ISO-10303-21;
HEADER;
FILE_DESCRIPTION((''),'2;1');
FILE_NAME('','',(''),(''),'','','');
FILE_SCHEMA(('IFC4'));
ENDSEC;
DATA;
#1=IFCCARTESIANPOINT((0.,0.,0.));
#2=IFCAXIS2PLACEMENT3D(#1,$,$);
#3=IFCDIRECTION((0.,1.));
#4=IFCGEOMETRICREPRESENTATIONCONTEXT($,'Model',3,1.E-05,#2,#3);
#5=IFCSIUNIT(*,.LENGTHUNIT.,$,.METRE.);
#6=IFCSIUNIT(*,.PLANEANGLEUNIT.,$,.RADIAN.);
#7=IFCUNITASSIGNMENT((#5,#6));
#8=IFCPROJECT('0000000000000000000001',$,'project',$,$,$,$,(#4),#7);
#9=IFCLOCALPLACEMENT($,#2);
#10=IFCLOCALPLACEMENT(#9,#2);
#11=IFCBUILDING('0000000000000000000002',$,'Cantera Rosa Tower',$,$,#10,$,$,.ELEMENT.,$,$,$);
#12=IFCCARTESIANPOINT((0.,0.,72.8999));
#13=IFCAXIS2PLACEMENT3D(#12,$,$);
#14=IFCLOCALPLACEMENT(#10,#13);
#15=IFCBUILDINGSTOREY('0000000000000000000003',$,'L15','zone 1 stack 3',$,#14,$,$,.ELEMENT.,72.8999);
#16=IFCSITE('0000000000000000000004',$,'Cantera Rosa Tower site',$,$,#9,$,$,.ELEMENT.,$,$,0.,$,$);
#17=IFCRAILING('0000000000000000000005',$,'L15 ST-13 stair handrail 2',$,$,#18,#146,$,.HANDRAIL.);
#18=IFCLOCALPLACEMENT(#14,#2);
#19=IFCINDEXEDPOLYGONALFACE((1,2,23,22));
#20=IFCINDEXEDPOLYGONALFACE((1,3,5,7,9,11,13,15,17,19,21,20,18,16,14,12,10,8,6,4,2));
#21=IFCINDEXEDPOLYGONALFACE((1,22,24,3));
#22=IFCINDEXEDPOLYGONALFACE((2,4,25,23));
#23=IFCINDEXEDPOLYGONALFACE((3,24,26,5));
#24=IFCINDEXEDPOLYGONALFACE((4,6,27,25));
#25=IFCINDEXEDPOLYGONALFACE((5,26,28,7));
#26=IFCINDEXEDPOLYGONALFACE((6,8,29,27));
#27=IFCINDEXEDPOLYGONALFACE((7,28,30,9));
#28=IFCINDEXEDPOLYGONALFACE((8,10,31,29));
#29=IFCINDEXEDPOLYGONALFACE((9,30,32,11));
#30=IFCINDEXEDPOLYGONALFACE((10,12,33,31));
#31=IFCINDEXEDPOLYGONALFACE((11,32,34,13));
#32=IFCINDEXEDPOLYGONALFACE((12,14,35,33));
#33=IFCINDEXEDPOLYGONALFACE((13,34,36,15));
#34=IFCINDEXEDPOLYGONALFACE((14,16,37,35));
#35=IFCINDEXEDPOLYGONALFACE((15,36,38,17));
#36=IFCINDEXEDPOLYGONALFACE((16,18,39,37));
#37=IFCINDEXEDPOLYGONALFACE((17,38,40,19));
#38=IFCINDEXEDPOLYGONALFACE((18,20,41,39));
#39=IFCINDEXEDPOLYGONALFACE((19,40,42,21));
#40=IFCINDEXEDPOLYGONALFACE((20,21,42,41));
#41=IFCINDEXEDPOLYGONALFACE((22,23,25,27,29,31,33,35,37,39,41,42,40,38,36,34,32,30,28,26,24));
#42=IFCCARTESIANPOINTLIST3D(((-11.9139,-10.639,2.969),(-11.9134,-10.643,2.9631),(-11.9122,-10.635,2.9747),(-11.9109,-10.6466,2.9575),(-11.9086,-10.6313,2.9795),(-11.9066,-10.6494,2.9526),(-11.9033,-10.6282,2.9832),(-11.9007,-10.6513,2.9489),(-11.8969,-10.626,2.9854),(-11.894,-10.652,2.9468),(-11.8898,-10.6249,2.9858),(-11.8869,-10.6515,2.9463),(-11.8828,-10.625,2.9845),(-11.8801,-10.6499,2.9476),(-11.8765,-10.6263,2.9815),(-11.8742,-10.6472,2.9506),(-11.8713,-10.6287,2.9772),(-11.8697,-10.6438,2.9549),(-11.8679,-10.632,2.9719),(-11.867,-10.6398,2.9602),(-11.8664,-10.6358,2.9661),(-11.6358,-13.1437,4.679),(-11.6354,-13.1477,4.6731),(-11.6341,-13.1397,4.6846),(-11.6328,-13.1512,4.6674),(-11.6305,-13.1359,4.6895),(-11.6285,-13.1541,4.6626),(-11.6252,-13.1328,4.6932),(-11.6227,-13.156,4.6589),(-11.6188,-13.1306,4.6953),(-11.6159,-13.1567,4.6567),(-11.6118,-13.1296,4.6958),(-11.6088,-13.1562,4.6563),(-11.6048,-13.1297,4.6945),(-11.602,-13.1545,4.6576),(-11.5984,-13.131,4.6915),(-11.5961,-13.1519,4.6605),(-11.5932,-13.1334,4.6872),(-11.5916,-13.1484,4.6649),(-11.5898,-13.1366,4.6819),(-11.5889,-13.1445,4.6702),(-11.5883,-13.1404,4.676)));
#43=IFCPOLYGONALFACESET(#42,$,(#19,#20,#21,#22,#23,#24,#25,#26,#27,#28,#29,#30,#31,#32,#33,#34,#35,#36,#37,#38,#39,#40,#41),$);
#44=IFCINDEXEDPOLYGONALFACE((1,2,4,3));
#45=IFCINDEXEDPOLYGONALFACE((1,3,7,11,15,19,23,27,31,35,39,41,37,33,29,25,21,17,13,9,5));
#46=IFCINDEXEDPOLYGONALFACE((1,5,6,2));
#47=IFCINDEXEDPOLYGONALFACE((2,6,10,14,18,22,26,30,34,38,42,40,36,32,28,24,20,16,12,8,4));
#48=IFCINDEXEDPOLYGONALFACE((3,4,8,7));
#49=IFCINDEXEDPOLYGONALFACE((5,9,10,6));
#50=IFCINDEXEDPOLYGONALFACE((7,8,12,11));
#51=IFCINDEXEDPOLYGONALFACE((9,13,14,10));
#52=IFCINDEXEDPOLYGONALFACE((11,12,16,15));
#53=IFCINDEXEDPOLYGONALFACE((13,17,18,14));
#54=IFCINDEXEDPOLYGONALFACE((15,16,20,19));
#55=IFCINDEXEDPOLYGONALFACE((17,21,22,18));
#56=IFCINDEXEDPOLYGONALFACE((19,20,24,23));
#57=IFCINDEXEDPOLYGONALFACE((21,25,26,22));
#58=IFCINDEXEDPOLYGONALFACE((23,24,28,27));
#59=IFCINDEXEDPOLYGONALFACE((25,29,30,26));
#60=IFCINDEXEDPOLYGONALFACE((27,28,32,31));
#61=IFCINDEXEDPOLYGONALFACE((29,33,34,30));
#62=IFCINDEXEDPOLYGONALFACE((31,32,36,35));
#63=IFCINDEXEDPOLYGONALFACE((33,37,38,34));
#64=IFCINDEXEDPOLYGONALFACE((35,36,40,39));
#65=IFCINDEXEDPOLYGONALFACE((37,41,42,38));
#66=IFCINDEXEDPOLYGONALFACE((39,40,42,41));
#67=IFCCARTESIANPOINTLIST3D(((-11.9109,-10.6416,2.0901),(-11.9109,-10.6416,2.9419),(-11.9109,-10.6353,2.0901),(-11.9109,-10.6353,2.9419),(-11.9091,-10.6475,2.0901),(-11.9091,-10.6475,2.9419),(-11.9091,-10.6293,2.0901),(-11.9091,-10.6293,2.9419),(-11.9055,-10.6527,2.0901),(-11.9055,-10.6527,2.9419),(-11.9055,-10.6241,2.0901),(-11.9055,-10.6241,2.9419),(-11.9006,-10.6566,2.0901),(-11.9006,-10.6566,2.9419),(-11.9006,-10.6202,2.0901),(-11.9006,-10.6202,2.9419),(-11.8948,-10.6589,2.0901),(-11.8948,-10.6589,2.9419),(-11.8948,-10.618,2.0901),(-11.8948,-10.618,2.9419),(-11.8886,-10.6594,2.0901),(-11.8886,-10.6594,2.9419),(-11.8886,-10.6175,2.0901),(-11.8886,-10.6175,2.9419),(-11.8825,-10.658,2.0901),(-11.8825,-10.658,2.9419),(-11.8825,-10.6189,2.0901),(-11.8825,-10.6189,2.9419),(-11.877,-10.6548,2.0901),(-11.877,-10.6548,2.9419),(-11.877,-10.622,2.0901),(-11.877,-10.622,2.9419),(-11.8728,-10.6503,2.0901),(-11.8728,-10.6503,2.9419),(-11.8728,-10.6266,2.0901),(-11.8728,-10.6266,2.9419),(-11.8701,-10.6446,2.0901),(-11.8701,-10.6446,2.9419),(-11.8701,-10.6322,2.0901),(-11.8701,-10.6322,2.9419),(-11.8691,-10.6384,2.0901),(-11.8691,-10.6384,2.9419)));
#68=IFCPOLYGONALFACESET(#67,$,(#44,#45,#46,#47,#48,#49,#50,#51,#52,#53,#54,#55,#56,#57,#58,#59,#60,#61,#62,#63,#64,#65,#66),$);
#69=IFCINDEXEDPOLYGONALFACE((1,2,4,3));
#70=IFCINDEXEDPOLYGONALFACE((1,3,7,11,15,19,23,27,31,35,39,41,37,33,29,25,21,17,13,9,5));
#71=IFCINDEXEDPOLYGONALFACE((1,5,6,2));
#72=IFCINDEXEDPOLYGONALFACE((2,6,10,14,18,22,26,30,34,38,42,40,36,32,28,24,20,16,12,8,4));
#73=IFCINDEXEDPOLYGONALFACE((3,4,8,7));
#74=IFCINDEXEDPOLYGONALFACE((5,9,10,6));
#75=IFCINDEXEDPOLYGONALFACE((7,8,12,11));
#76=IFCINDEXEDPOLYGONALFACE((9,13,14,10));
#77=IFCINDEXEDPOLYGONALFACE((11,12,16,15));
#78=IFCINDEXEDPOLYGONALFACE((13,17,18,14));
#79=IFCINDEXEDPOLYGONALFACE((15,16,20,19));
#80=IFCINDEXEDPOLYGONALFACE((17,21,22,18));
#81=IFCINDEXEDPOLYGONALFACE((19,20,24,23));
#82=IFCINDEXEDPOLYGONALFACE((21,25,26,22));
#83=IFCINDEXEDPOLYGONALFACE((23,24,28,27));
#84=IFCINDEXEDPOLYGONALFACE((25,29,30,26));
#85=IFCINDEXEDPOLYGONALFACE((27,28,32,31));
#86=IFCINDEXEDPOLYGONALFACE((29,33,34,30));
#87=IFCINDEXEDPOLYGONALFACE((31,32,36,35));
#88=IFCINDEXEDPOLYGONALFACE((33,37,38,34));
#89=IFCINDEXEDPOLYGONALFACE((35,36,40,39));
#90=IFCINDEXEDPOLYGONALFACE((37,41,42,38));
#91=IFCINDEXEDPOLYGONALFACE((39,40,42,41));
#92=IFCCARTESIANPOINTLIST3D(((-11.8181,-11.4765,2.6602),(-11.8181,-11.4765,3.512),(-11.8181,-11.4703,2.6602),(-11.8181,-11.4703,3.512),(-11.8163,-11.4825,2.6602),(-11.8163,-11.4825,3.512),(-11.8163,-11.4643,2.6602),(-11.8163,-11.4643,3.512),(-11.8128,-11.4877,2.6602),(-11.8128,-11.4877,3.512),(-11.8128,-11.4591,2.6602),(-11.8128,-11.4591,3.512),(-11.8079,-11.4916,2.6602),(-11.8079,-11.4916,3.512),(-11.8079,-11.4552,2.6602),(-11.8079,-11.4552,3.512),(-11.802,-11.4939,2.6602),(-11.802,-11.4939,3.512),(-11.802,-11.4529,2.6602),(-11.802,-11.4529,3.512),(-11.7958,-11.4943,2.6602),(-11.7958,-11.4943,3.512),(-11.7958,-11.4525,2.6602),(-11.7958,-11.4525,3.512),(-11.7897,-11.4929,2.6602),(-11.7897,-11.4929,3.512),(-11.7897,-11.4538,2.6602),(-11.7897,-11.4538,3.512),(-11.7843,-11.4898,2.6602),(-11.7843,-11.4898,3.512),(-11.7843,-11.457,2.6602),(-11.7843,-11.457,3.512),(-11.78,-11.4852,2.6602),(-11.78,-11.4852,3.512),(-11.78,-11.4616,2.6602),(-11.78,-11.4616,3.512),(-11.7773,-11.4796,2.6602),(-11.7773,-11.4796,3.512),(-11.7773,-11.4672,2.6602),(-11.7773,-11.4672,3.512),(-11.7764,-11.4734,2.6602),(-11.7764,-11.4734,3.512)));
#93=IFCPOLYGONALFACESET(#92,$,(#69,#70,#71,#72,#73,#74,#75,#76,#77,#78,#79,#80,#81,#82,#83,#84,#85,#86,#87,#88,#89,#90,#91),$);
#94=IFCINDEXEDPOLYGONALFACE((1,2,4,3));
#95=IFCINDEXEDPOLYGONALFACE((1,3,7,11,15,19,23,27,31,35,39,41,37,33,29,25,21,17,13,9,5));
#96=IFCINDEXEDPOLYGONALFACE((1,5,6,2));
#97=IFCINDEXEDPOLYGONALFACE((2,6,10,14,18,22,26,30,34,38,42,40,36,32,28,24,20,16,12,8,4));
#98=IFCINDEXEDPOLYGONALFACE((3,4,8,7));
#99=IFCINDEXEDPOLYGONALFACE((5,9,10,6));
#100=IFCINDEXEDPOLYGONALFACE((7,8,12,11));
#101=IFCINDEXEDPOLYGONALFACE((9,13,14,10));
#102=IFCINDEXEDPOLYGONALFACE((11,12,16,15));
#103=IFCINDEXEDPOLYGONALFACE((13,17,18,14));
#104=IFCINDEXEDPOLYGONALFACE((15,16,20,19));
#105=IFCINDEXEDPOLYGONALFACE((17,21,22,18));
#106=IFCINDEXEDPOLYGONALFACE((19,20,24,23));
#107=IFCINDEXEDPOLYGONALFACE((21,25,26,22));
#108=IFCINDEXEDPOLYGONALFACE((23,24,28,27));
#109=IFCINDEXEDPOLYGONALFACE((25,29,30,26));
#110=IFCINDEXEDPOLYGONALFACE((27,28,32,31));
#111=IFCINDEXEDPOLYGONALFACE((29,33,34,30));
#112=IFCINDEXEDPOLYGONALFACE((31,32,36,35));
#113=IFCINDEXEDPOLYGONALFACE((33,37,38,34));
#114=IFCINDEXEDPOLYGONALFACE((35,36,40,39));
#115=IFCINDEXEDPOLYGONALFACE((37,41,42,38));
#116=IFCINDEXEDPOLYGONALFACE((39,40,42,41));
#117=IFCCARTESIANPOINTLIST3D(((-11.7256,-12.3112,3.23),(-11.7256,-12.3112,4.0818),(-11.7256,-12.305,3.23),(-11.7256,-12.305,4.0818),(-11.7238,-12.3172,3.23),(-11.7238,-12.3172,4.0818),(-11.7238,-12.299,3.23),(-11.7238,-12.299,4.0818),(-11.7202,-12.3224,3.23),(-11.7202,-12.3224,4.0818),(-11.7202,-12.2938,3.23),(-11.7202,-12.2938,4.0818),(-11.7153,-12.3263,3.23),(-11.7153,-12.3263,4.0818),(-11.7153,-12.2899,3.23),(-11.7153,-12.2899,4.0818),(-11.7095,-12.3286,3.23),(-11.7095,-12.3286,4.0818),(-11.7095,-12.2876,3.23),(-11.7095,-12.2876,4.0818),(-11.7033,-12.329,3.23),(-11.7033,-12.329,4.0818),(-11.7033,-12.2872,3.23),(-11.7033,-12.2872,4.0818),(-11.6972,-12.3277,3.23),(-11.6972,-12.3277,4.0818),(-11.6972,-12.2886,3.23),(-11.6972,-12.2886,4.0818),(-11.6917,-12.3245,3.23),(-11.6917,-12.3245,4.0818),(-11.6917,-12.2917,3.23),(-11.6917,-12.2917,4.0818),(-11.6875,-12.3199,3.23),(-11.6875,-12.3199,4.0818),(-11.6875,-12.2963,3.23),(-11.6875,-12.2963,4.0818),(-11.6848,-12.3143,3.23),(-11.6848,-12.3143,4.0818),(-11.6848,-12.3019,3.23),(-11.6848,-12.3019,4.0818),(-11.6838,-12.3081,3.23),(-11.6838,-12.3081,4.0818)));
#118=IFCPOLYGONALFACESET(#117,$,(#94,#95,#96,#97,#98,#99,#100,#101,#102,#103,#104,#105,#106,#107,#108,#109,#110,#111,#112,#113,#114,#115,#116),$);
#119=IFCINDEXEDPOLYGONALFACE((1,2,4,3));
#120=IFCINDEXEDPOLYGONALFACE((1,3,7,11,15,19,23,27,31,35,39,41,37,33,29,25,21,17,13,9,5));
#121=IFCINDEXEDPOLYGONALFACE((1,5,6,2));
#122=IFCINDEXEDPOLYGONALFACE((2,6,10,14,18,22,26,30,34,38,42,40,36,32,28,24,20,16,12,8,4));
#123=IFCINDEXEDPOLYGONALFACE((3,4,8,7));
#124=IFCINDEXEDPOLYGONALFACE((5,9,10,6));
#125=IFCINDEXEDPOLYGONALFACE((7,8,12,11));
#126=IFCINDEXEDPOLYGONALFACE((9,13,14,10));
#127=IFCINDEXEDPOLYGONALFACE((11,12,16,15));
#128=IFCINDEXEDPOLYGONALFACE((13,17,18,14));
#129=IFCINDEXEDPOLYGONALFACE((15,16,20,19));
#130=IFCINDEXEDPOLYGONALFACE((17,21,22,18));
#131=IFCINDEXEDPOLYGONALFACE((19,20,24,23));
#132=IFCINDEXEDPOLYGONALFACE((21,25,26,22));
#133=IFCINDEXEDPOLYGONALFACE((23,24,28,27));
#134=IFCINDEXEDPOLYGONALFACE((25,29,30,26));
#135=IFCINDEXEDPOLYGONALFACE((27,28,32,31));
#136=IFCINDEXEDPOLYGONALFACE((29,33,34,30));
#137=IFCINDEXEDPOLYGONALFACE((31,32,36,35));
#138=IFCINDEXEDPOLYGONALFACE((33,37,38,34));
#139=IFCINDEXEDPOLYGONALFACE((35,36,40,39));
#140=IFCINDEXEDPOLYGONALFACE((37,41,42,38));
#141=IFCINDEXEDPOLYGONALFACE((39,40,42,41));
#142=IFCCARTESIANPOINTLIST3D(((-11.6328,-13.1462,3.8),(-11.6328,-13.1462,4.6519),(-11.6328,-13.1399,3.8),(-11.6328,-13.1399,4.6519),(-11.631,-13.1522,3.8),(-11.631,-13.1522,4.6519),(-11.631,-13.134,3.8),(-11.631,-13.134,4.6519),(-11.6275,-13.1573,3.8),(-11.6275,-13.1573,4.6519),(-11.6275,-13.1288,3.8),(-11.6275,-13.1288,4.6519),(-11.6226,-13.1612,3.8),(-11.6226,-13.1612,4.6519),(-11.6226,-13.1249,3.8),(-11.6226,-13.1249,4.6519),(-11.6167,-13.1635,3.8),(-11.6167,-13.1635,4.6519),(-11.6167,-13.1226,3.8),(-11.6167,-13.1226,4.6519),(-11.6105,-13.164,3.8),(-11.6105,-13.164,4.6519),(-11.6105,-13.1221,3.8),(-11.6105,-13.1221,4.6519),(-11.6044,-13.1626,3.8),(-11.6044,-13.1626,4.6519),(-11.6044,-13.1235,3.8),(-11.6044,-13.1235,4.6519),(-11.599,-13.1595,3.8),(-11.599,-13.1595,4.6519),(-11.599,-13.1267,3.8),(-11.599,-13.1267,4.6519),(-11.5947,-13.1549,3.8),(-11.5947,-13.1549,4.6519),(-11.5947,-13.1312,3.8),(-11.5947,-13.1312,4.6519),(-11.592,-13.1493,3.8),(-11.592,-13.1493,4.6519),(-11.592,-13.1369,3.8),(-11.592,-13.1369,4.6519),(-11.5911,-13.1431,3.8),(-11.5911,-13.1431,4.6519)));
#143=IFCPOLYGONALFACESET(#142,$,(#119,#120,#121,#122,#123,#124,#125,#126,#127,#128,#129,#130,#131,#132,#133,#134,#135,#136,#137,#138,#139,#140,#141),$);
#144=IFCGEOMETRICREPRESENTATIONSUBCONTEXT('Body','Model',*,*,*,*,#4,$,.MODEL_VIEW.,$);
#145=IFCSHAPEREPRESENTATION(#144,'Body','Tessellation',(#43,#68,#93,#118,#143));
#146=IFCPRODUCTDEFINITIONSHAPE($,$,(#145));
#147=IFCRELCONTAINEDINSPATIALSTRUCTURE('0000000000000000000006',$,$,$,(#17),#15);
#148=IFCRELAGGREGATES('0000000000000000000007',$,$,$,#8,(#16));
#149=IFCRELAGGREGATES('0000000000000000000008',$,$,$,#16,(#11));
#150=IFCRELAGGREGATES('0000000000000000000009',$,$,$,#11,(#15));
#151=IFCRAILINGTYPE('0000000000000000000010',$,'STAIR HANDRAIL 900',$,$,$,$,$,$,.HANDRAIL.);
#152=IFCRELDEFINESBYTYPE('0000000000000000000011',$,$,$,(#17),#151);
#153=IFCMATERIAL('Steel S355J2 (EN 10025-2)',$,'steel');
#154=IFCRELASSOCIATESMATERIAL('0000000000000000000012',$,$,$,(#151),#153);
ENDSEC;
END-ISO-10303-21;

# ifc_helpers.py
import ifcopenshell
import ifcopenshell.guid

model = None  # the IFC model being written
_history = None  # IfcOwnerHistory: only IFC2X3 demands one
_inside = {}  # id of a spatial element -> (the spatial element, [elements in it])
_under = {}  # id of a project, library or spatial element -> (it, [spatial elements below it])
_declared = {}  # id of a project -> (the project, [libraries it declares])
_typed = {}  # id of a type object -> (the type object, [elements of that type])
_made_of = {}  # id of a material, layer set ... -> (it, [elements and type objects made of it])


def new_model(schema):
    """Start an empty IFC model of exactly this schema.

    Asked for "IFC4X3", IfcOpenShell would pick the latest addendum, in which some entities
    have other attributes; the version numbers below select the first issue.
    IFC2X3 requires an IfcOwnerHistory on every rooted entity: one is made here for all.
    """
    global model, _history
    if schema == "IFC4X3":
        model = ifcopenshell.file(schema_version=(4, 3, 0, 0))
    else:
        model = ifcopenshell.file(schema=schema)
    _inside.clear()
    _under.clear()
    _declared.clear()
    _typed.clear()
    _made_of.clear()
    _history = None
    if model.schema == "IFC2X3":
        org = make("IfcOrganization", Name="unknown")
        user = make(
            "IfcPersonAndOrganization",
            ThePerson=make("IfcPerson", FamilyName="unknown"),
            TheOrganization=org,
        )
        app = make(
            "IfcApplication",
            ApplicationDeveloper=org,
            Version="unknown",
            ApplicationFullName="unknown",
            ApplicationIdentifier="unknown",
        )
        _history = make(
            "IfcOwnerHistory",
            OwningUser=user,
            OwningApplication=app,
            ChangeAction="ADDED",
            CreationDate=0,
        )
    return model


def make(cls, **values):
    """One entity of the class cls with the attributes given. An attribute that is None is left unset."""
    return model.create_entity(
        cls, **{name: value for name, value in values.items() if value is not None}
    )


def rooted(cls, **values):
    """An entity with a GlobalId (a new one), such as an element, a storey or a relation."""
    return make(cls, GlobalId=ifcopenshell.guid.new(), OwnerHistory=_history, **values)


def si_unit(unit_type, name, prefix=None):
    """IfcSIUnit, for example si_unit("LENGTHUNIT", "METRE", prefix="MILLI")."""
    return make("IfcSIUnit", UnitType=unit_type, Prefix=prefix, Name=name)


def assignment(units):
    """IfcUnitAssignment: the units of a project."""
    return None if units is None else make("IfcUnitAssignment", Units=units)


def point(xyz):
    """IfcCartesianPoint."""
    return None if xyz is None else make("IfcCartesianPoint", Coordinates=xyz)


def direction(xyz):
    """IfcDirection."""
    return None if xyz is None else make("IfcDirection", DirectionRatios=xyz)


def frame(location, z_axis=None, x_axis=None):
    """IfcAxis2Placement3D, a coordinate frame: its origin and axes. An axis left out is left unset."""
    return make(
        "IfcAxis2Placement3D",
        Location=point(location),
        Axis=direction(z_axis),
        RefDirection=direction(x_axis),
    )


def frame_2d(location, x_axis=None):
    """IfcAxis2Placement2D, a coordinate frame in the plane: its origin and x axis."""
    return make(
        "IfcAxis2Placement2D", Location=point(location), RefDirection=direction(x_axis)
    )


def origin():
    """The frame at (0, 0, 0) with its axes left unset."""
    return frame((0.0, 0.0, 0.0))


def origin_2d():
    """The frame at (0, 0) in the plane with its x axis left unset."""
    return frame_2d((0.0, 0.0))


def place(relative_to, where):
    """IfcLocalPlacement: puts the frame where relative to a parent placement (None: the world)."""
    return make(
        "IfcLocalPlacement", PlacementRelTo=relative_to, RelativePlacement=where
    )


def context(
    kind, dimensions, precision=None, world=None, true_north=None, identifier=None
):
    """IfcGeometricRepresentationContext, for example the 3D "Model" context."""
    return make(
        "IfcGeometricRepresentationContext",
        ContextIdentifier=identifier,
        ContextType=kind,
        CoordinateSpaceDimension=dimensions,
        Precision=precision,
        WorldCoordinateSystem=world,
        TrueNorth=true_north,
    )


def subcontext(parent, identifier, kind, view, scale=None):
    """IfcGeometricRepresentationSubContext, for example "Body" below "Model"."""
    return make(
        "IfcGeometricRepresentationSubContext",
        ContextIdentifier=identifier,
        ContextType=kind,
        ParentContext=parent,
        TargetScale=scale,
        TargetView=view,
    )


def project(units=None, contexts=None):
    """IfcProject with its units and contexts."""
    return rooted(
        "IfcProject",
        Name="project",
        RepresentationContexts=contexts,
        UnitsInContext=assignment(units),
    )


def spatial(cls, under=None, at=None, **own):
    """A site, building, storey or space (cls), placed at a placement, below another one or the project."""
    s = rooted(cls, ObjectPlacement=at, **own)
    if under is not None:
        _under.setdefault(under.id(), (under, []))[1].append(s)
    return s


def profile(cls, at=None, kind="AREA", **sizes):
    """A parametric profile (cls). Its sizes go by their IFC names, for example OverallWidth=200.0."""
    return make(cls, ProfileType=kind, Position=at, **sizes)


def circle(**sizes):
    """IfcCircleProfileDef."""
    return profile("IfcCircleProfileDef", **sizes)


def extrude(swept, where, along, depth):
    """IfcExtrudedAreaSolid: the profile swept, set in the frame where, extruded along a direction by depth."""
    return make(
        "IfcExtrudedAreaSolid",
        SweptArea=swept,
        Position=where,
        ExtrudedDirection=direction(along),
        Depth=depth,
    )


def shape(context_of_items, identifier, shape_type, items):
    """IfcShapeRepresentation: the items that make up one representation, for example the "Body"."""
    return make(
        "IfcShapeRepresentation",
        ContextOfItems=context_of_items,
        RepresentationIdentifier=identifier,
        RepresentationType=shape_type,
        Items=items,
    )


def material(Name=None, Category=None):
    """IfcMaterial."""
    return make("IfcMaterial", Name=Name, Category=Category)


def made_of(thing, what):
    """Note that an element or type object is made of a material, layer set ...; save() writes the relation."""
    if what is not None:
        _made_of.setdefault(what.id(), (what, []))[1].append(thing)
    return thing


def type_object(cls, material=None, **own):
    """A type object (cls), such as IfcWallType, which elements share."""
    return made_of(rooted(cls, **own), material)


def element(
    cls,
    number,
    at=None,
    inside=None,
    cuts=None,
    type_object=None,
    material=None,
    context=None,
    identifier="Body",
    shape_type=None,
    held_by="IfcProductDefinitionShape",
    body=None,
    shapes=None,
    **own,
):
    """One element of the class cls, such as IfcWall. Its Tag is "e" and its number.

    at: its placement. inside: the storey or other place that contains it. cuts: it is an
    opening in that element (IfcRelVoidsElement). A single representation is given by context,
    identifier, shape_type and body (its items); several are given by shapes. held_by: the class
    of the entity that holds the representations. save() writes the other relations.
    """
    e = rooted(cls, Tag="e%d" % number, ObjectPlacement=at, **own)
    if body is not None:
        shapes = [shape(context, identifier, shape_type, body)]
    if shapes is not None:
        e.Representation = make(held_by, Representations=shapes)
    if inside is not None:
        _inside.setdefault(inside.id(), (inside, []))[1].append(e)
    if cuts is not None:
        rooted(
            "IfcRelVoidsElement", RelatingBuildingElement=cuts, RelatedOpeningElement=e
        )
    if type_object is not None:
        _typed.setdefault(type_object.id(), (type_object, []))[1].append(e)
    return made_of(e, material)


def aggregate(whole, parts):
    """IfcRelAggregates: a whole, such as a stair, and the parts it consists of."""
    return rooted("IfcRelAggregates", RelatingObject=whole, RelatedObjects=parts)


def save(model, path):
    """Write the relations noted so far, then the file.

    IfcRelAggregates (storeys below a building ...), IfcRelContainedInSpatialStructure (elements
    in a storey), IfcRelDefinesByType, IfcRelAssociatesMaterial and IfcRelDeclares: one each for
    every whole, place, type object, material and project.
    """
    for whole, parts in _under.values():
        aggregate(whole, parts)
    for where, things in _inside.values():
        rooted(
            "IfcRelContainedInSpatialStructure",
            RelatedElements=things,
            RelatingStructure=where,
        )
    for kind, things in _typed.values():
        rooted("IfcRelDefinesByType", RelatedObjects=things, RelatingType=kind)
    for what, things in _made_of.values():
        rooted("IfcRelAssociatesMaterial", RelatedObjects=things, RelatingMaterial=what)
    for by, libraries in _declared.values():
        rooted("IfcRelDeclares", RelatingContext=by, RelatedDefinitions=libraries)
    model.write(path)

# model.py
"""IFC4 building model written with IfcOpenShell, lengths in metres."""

from ifc_helpers import new_model, si_unit, direction, frame, origin, origin_2d, place, context, subcontext, project, spatial, circle, extrude, material, type_object, element, save


model = new_model("IFC4")

# Units and contexts
model_context = context("Model", 3, precision=1e-05, world=origin(), true_north=direction((0.0, 1.0)))
body_context = subcontext(model_context, "Body", "Model", "MODEL_VIEW")
ifc_project = project(units=[si_unit("LENGTHUNIT", "METRE"), si_unit("PLANEANGLEUNIT", "RADIAN")], contexts=[model_context])

# Site, building, storey
site_placement = place(None, origin())
site = spatial("IfcSite", under=ifc_project, at=site_placement, Name="Cantera Rosa Tower site", CompositionType="ELEMENT", RefElevation=0.0)
building_placement = place(site_placement, origin())
building = spatial("IfcBuilding", under=site, at=building_placement, Name="Cantera Rosa Tower", CompositionType="ELEMENT")
storey_placement = place(building_placement, frame((0.0, 0.0, 72.8999)))
storey = spatial("IfcBuildingStorey", under=building, at=storey_placement, Name="L15", Description="zone 1 stack 3", CompositionType="ELEMENT", Elevation=72.8999)

# Railing
ifc_material_1 = material(Name="Steel S355J2 (EN 10025-2)", Category="steel")
railing_type_1 = type_object("IfcRailingType", Name="STAIR HANDRAIL 900", PredefinedType="HANDRAIL", material=ifc_material_1)
railing_1_placement = place(storey_placement, frame((-11.8901, -10.6384, 2.0901)))
element("IfcRailing", 1, at=railing_1_placement, inside=storey, type_object=railing_type_1, Name="L15 ST-13 stair handrail 2", PredefinedType="HANDRAIL", context=body_context, shape_type="SweptSolid", body=[
    extrude(circle(Radius=0.0239, at=origin_2d()), frame((0.0, 0.0, 0.876), z_axis=(0.09131, -0.822431, 0.561488), x_axis=(0.993893, 0.110346, 0.0)), (0.0, 0.0, 1.0), 3.0454),
    extrude(circle(Radius=0.021, at=origin_2d()), origin(), (0.0, 0.0, 1.0), 0.8518),
    extrude(circle(Radius=0.021, at=origin_2d()), frame((0.0928, -0.835, 0.5701)), (0.0, 0.0, 1.0), 0.8518),
    extrude(circle(Radius=0.021, at=origin_2d()), frame((0.1853, -1.6697, 1.1399)), (0.0, 0.0, 1.0), 0.8518),
    extrude(circle(Radius=0.021, at=origin_2d()), frame((0.2781, -2.5046, 1.71)), (0.0, 0.0, 1.0), 0.8518),
])

save(model, "model.ifc")
